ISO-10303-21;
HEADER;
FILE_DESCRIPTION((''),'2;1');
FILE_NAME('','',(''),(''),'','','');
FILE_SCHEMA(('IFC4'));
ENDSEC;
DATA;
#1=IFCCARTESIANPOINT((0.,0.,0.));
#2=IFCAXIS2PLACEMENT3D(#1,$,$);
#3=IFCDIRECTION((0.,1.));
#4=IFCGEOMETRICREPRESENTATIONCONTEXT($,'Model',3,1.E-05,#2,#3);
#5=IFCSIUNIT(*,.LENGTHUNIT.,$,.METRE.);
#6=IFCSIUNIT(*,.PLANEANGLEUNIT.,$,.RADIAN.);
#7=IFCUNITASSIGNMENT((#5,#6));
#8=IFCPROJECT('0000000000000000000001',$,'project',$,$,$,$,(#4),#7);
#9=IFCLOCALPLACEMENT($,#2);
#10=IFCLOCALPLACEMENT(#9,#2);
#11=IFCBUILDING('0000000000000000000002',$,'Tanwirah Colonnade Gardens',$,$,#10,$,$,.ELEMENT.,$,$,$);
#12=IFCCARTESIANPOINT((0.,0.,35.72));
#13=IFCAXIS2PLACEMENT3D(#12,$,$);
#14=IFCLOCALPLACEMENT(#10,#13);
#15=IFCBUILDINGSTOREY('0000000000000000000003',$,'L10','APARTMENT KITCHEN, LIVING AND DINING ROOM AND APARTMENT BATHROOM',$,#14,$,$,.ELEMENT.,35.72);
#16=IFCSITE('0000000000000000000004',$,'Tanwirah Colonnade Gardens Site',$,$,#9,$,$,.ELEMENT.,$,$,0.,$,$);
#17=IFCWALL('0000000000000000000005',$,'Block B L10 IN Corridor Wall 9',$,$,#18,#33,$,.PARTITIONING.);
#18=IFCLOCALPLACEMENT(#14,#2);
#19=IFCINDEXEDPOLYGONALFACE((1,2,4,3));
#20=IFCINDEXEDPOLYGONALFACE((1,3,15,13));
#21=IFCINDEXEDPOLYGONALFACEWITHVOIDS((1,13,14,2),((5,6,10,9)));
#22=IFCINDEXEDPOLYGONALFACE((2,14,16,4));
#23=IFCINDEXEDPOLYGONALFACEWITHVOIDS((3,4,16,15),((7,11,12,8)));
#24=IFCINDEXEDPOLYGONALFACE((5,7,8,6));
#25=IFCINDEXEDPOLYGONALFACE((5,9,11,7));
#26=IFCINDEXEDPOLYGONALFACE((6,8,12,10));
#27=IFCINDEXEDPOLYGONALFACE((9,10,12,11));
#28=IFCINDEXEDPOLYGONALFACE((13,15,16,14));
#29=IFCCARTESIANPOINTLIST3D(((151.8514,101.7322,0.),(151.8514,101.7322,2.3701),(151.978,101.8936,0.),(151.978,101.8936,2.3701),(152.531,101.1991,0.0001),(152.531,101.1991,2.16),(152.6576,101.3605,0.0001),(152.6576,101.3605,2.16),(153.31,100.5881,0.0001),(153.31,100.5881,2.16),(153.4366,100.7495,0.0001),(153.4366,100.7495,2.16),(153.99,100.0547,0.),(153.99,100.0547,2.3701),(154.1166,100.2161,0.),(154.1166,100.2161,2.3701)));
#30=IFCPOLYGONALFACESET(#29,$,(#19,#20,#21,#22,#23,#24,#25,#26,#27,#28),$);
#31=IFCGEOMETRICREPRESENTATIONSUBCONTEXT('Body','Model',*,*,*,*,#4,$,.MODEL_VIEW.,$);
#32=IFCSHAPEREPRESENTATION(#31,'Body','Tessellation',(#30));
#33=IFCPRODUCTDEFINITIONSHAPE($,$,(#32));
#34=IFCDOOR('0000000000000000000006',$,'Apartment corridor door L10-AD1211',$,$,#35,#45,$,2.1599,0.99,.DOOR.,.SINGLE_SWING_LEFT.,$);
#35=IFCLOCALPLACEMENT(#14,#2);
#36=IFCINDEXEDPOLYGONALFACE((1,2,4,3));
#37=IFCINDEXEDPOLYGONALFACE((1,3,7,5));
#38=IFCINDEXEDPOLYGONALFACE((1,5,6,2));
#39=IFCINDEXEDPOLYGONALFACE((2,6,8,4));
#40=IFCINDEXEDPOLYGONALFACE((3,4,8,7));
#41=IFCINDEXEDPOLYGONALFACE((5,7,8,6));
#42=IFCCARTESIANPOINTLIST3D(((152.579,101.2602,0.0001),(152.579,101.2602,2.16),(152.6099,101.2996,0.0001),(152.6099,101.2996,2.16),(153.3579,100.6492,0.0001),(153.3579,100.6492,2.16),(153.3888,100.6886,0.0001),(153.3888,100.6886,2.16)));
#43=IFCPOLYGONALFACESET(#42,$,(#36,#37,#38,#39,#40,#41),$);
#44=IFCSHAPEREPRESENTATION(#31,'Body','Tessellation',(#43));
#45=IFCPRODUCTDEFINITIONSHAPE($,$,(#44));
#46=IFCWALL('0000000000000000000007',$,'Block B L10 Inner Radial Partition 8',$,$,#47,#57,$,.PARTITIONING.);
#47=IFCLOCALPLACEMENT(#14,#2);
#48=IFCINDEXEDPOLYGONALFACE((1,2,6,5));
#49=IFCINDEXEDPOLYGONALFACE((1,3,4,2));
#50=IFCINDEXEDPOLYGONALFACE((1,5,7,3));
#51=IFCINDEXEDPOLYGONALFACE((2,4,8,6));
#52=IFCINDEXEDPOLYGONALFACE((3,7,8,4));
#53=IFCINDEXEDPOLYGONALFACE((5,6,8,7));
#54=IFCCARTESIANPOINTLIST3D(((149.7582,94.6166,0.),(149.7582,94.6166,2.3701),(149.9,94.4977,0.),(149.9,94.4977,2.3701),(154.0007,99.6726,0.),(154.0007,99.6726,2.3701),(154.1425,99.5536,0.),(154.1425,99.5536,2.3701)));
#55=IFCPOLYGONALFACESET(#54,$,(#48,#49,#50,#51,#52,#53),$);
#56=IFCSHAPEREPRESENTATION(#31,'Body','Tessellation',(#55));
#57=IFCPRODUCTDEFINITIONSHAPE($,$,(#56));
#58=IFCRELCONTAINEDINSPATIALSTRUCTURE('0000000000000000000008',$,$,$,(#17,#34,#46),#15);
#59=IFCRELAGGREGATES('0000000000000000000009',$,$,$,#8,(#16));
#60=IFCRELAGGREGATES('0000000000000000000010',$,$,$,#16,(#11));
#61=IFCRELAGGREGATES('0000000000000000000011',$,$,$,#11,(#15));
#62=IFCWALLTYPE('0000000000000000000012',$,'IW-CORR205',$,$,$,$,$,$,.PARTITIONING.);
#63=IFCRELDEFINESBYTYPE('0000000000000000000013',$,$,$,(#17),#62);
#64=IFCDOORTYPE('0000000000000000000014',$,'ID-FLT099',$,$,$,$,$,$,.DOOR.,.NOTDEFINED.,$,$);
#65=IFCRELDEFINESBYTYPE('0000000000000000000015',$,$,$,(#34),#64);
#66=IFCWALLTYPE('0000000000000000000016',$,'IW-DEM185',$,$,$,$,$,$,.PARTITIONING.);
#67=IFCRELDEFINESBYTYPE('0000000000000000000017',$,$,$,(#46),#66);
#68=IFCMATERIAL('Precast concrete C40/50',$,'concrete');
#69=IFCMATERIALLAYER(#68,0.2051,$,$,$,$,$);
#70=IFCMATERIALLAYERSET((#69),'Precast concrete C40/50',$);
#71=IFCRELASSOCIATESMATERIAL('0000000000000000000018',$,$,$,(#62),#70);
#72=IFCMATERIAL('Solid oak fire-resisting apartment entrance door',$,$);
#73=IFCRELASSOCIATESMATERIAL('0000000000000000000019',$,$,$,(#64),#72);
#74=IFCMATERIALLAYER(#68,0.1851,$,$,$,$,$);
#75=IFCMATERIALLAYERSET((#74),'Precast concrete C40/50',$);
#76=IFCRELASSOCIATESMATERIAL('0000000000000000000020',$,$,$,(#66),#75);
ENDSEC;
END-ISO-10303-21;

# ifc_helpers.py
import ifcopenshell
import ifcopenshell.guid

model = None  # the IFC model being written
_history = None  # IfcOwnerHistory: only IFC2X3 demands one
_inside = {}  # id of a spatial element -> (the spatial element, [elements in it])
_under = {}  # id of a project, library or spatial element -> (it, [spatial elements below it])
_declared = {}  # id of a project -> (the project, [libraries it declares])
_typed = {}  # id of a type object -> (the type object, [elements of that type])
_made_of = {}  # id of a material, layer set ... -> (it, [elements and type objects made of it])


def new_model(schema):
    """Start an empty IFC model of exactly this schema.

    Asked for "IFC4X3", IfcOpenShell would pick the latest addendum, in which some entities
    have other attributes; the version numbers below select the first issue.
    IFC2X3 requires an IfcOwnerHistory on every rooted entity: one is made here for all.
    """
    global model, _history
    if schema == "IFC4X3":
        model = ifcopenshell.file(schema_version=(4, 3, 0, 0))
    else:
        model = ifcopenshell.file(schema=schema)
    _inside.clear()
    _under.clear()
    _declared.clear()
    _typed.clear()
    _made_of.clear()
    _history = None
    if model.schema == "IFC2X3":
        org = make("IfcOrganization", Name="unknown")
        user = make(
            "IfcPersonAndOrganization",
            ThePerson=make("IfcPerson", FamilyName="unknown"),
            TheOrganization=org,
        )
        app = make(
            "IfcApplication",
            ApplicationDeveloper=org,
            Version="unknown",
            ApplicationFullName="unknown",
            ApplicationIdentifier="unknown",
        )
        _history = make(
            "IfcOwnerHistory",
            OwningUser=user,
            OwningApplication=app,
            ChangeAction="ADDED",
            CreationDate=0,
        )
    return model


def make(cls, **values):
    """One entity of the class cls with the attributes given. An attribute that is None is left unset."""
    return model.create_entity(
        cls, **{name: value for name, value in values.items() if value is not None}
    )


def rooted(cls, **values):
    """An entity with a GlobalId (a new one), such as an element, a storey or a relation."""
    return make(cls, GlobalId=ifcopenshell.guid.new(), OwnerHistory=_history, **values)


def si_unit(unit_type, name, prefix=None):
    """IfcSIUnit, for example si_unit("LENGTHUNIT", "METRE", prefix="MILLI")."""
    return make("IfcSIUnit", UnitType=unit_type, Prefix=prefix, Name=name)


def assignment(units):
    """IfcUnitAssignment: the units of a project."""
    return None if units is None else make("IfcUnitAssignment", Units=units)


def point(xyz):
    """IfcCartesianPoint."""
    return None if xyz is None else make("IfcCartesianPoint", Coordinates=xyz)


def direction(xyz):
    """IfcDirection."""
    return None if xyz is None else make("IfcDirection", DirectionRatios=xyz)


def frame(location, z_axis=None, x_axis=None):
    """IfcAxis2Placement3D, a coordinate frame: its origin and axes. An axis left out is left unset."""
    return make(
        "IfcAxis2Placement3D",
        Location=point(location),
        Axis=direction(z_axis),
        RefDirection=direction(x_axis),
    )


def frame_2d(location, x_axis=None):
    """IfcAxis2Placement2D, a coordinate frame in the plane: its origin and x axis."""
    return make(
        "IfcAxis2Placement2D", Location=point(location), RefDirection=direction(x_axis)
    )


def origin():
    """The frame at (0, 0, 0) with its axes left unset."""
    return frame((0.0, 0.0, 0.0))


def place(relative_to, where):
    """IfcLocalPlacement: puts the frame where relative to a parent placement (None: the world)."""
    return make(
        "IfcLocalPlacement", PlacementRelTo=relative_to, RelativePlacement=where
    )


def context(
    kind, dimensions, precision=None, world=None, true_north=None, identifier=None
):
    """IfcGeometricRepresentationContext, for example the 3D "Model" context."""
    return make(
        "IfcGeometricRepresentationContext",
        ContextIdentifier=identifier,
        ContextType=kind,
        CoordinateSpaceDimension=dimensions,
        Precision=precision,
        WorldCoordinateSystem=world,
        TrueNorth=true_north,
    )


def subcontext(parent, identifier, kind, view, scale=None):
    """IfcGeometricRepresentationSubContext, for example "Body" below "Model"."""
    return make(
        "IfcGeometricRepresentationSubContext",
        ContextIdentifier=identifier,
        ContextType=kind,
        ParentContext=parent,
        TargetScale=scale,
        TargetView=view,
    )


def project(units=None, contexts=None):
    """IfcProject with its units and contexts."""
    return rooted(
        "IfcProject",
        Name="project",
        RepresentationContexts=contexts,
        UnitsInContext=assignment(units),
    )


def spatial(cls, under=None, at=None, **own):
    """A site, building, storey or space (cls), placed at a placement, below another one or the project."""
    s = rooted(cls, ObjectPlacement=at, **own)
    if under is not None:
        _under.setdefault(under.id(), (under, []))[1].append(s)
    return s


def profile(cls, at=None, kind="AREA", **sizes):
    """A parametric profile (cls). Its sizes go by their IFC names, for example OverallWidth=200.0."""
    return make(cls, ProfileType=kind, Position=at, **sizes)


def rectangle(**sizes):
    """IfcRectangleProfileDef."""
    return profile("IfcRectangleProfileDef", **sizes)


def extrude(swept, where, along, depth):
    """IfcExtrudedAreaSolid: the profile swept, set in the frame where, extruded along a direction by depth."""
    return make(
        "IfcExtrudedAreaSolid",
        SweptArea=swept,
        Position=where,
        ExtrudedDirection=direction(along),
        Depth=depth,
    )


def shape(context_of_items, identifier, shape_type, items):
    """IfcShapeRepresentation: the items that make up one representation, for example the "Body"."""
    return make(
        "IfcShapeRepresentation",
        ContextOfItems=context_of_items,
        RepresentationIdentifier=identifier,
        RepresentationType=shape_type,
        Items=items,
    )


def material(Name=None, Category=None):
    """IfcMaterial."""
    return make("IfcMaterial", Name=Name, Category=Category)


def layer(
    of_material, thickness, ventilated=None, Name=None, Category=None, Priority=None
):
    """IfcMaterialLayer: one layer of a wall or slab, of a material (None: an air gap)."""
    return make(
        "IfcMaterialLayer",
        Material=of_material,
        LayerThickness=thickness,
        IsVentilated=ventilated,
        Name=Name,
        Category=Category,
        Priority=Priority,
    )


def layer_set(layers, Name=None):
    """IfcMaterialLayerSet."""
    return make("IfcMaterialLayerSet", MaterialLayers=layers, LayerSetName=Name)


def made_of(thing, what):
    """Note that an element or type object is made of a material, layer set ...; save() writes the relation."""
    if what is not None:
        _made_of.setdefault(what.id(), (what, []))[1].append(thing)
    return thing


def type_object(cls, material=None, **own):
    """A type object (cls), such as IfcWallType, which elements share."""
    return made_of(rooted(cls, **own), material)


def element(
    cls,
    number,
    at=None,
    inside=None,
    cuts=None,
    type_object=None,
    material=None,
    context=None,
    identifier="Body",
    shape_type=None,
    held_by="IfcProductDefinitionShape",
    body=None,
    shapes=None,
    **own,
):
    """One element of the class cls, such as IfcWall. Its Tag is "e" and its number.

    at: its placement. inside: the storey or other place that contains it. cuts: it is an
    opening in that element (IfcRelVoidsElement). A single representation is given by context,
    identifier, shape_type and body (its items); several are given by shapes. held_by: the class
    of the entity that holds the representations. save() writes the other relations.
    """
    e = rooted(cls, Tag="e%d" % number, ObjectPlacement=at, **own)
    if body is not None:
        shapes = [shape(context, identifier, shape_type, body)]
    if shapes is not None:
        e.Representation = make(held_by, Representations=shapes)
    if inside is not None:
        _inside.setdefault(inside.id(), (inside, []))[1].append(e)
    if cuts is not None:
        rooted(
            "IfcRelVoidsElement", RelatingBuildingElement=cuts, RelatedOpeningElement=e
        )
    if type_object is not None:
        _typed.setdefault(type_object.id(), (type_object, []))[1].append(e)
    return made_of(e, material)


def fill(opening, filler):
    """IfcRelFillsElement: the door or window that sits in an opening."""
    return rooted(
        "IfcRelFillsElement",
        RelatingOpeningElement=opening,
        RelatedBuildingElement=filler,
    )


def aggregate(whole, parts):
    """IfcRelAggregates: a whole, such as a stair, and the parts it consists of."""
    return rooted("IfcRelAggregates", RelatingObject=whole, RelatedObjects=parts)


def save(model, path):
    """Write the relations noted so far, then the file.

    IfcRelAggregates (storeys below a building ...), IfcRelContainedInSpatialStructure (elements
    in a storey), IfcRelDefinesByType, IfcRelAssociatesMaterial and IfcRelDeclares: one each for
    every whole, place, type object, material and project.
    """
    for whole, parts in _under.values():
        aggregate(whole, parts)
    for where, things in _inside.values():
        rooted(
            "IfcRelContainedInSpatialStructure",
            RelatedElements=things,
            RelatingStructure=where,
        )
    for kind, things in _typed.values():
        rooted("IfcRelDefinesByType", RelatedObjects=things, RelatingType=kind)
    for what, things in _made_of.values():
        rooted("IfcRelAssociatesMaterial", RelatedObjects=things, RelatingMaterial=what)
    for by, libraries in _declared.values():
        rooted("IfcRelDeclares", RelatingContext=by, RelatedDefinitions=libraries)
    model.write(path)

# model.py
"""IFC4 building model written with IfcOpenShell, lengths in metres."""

from ifc_helpers import new_model, si_unit, direction, frame, frame_2d, origin, place, context, subcontext, project, spatial, rectangle, extrude, material, layer, layer_set, type_object, element, fill, save


model = new_model("IFC4")

# Units and contexts
model_context = context("Model", 3, precision=1e-05, world=origin(), true_north=direction((0.0, 1.0)))
body_context = subcontext(model_context, "Body", "Model", "MODEL_VIEW")
ifc_project = project(units=[si_unit("LENGTHUNIT", "METRE"), si_unit("PLANEANGLEUNIT", "RADIAN")], contexts=[model_context])

# Site, building, storey
site_placement = place(None, origin())
site = spatial("IfcSite", under=ifc_project, at=site_placement, Name="Tanwirah Colonnade Gardens Site", CompositionType="ELEMENT", RefElevation=0.0)
building_placement = place(site_placement, origin())
building = spatial("IfcBuilding", under=site, at=building_placement, Name="Tanwirah Colonnade Gardens", CompositionType="ELEMENT")
storey_placement = place(building_placement, frame((0.0, 0.0, 35.72)))
storey = spatial("IfcBuildingStorey", under=building, at=storey_placement, Name="L10", Description="APARTMENT KITCHEN, LIVING AND DINING ROOM AND APARTMENT BATHROOM", CompositionType="ELEMENT", Elevation=35.72)

# Shared definitions
ifc_material_1 = material(Name="Precast concrete C40/50", Category="concrete")

# Wall, opening, door
ifc_layer_1 = layer(ifc_material_1, 0.2051)
ifc_layer_set_1 = layer_set([ifc_layer_1], Name="Precast concrete C40/50")
wall_type_1 = type_object("IfcWallType", Name="IW-CORR205", PredefinedType="PARTITIONING", material=ifc_layer_set_1)
wall_1_placement = place(storey_placement, frame((154.0532, 100.1355, 0.0), z_axis=(0.0, 0.0, 1.0), x_axis=(-0.786835, 0.617163, 0.0)))
wall_1 = element("IfcWall", 1, at=wall_1_placement, inside=storey, type_object=wall_type_1, Name="Block B L10 IN Corridor Wall 9", PredefinedType="PARTITIONING", context=body_context, shape_type="SweptSolid", body=[
    extrude(rectangle(XDim=2.718, YDim=0.2051, at=frame_2d((1.3589, 0.0))), origin(), (0.0, 0.0, 1.0), 2.3701),
])
opening_1_placement = place(wall_1_placement, frame((0.864, 0.0, 0.0)))
opening_1 = element("IfcOpeningElement", 2, at=opening_1_placement, cuts=wall_1, PredefinedType="OPENING", context=body_context, shape_type="SweptSolid", body=[
    extrude(rectangle(XDim=0.99, YDim=2.1599, at=frame_2d((0.4951, 1.0801))), frame((0.0, 0.1125, 0.0), z_axis=(0.0, -1.0, 0.0), x_axis=(1.0, 0.0, 0.0)), (0.0, 0.0, 1.0), 0.2251),
])
ifc_material_2 = material(Name="Solid oak fire-resisting apartment entrance door")
door_type_1 = type_object("IfcDoorType", Name="ID-FLT099", OperationType="NOTDEFINED", PredefinedType="DOOR", material=ifc_material_2)
door_1_placement = place(opening_1_placement, origin())
door_1 = element("IfcDoor", 3, at=door_1_placement, inside=storey, type_object=door_type_1, Name="Apartment corridor door L10-AD1211", OperationType="SINGLE_SWING_LEFT", OverallHeight=2.1599, OverallWidth=0.99, PredefinedType="DOOR", context=body_context, shape_type="SweptSolid", body=[
    extrude(rectangle(XDim=0.99, YDim=2.1599, at=frame_2d((0.4951, 1.0801))), frame((0.0, 0.0249, 0.0), z_axis=(0.0, -1.0, 0.0), x_axis=(1.0, 0.0, 0.0)), (0.0, 0.0, 1.0), 0.05),
])
fill(opening_1, door_1)

# Wall
ifc_layer_2 = layer(ifc_material_1, 0.1851)
ifc_layer_set_2 = layer_set([ifc_layer_2], Name="Precast concrete C40/50")
wall_type_2 = type_object("IfcWallType", Name="IW-DEM185", PredefinedType="PARTITIONING", material=ifc_layer_set_2)
wall_2_placement = place(storey_placement, frame((149.8291, 94.5571, 0.0), z_axis=(0.0, 0.0, 1.0), x_axis=(0.642789, 0.766043, 0.0)))
element("IfcWall", 4, at=wall_2_placement, inside=storey, type_object=wall_type_2, Name="Block B L10 Inner Radial Partition 8", PredefinedType="PARTITIONING", context=body_context, shape_type="SweptSolid", body=[
    extrude(rectangle(XDim=6.6001, YDim=0.1851, at=frame_2d((3.3, 0.0))), origin(), (0.0, 0.0, 1.0), 2.3701),
])

save(model, "model.ifc")
